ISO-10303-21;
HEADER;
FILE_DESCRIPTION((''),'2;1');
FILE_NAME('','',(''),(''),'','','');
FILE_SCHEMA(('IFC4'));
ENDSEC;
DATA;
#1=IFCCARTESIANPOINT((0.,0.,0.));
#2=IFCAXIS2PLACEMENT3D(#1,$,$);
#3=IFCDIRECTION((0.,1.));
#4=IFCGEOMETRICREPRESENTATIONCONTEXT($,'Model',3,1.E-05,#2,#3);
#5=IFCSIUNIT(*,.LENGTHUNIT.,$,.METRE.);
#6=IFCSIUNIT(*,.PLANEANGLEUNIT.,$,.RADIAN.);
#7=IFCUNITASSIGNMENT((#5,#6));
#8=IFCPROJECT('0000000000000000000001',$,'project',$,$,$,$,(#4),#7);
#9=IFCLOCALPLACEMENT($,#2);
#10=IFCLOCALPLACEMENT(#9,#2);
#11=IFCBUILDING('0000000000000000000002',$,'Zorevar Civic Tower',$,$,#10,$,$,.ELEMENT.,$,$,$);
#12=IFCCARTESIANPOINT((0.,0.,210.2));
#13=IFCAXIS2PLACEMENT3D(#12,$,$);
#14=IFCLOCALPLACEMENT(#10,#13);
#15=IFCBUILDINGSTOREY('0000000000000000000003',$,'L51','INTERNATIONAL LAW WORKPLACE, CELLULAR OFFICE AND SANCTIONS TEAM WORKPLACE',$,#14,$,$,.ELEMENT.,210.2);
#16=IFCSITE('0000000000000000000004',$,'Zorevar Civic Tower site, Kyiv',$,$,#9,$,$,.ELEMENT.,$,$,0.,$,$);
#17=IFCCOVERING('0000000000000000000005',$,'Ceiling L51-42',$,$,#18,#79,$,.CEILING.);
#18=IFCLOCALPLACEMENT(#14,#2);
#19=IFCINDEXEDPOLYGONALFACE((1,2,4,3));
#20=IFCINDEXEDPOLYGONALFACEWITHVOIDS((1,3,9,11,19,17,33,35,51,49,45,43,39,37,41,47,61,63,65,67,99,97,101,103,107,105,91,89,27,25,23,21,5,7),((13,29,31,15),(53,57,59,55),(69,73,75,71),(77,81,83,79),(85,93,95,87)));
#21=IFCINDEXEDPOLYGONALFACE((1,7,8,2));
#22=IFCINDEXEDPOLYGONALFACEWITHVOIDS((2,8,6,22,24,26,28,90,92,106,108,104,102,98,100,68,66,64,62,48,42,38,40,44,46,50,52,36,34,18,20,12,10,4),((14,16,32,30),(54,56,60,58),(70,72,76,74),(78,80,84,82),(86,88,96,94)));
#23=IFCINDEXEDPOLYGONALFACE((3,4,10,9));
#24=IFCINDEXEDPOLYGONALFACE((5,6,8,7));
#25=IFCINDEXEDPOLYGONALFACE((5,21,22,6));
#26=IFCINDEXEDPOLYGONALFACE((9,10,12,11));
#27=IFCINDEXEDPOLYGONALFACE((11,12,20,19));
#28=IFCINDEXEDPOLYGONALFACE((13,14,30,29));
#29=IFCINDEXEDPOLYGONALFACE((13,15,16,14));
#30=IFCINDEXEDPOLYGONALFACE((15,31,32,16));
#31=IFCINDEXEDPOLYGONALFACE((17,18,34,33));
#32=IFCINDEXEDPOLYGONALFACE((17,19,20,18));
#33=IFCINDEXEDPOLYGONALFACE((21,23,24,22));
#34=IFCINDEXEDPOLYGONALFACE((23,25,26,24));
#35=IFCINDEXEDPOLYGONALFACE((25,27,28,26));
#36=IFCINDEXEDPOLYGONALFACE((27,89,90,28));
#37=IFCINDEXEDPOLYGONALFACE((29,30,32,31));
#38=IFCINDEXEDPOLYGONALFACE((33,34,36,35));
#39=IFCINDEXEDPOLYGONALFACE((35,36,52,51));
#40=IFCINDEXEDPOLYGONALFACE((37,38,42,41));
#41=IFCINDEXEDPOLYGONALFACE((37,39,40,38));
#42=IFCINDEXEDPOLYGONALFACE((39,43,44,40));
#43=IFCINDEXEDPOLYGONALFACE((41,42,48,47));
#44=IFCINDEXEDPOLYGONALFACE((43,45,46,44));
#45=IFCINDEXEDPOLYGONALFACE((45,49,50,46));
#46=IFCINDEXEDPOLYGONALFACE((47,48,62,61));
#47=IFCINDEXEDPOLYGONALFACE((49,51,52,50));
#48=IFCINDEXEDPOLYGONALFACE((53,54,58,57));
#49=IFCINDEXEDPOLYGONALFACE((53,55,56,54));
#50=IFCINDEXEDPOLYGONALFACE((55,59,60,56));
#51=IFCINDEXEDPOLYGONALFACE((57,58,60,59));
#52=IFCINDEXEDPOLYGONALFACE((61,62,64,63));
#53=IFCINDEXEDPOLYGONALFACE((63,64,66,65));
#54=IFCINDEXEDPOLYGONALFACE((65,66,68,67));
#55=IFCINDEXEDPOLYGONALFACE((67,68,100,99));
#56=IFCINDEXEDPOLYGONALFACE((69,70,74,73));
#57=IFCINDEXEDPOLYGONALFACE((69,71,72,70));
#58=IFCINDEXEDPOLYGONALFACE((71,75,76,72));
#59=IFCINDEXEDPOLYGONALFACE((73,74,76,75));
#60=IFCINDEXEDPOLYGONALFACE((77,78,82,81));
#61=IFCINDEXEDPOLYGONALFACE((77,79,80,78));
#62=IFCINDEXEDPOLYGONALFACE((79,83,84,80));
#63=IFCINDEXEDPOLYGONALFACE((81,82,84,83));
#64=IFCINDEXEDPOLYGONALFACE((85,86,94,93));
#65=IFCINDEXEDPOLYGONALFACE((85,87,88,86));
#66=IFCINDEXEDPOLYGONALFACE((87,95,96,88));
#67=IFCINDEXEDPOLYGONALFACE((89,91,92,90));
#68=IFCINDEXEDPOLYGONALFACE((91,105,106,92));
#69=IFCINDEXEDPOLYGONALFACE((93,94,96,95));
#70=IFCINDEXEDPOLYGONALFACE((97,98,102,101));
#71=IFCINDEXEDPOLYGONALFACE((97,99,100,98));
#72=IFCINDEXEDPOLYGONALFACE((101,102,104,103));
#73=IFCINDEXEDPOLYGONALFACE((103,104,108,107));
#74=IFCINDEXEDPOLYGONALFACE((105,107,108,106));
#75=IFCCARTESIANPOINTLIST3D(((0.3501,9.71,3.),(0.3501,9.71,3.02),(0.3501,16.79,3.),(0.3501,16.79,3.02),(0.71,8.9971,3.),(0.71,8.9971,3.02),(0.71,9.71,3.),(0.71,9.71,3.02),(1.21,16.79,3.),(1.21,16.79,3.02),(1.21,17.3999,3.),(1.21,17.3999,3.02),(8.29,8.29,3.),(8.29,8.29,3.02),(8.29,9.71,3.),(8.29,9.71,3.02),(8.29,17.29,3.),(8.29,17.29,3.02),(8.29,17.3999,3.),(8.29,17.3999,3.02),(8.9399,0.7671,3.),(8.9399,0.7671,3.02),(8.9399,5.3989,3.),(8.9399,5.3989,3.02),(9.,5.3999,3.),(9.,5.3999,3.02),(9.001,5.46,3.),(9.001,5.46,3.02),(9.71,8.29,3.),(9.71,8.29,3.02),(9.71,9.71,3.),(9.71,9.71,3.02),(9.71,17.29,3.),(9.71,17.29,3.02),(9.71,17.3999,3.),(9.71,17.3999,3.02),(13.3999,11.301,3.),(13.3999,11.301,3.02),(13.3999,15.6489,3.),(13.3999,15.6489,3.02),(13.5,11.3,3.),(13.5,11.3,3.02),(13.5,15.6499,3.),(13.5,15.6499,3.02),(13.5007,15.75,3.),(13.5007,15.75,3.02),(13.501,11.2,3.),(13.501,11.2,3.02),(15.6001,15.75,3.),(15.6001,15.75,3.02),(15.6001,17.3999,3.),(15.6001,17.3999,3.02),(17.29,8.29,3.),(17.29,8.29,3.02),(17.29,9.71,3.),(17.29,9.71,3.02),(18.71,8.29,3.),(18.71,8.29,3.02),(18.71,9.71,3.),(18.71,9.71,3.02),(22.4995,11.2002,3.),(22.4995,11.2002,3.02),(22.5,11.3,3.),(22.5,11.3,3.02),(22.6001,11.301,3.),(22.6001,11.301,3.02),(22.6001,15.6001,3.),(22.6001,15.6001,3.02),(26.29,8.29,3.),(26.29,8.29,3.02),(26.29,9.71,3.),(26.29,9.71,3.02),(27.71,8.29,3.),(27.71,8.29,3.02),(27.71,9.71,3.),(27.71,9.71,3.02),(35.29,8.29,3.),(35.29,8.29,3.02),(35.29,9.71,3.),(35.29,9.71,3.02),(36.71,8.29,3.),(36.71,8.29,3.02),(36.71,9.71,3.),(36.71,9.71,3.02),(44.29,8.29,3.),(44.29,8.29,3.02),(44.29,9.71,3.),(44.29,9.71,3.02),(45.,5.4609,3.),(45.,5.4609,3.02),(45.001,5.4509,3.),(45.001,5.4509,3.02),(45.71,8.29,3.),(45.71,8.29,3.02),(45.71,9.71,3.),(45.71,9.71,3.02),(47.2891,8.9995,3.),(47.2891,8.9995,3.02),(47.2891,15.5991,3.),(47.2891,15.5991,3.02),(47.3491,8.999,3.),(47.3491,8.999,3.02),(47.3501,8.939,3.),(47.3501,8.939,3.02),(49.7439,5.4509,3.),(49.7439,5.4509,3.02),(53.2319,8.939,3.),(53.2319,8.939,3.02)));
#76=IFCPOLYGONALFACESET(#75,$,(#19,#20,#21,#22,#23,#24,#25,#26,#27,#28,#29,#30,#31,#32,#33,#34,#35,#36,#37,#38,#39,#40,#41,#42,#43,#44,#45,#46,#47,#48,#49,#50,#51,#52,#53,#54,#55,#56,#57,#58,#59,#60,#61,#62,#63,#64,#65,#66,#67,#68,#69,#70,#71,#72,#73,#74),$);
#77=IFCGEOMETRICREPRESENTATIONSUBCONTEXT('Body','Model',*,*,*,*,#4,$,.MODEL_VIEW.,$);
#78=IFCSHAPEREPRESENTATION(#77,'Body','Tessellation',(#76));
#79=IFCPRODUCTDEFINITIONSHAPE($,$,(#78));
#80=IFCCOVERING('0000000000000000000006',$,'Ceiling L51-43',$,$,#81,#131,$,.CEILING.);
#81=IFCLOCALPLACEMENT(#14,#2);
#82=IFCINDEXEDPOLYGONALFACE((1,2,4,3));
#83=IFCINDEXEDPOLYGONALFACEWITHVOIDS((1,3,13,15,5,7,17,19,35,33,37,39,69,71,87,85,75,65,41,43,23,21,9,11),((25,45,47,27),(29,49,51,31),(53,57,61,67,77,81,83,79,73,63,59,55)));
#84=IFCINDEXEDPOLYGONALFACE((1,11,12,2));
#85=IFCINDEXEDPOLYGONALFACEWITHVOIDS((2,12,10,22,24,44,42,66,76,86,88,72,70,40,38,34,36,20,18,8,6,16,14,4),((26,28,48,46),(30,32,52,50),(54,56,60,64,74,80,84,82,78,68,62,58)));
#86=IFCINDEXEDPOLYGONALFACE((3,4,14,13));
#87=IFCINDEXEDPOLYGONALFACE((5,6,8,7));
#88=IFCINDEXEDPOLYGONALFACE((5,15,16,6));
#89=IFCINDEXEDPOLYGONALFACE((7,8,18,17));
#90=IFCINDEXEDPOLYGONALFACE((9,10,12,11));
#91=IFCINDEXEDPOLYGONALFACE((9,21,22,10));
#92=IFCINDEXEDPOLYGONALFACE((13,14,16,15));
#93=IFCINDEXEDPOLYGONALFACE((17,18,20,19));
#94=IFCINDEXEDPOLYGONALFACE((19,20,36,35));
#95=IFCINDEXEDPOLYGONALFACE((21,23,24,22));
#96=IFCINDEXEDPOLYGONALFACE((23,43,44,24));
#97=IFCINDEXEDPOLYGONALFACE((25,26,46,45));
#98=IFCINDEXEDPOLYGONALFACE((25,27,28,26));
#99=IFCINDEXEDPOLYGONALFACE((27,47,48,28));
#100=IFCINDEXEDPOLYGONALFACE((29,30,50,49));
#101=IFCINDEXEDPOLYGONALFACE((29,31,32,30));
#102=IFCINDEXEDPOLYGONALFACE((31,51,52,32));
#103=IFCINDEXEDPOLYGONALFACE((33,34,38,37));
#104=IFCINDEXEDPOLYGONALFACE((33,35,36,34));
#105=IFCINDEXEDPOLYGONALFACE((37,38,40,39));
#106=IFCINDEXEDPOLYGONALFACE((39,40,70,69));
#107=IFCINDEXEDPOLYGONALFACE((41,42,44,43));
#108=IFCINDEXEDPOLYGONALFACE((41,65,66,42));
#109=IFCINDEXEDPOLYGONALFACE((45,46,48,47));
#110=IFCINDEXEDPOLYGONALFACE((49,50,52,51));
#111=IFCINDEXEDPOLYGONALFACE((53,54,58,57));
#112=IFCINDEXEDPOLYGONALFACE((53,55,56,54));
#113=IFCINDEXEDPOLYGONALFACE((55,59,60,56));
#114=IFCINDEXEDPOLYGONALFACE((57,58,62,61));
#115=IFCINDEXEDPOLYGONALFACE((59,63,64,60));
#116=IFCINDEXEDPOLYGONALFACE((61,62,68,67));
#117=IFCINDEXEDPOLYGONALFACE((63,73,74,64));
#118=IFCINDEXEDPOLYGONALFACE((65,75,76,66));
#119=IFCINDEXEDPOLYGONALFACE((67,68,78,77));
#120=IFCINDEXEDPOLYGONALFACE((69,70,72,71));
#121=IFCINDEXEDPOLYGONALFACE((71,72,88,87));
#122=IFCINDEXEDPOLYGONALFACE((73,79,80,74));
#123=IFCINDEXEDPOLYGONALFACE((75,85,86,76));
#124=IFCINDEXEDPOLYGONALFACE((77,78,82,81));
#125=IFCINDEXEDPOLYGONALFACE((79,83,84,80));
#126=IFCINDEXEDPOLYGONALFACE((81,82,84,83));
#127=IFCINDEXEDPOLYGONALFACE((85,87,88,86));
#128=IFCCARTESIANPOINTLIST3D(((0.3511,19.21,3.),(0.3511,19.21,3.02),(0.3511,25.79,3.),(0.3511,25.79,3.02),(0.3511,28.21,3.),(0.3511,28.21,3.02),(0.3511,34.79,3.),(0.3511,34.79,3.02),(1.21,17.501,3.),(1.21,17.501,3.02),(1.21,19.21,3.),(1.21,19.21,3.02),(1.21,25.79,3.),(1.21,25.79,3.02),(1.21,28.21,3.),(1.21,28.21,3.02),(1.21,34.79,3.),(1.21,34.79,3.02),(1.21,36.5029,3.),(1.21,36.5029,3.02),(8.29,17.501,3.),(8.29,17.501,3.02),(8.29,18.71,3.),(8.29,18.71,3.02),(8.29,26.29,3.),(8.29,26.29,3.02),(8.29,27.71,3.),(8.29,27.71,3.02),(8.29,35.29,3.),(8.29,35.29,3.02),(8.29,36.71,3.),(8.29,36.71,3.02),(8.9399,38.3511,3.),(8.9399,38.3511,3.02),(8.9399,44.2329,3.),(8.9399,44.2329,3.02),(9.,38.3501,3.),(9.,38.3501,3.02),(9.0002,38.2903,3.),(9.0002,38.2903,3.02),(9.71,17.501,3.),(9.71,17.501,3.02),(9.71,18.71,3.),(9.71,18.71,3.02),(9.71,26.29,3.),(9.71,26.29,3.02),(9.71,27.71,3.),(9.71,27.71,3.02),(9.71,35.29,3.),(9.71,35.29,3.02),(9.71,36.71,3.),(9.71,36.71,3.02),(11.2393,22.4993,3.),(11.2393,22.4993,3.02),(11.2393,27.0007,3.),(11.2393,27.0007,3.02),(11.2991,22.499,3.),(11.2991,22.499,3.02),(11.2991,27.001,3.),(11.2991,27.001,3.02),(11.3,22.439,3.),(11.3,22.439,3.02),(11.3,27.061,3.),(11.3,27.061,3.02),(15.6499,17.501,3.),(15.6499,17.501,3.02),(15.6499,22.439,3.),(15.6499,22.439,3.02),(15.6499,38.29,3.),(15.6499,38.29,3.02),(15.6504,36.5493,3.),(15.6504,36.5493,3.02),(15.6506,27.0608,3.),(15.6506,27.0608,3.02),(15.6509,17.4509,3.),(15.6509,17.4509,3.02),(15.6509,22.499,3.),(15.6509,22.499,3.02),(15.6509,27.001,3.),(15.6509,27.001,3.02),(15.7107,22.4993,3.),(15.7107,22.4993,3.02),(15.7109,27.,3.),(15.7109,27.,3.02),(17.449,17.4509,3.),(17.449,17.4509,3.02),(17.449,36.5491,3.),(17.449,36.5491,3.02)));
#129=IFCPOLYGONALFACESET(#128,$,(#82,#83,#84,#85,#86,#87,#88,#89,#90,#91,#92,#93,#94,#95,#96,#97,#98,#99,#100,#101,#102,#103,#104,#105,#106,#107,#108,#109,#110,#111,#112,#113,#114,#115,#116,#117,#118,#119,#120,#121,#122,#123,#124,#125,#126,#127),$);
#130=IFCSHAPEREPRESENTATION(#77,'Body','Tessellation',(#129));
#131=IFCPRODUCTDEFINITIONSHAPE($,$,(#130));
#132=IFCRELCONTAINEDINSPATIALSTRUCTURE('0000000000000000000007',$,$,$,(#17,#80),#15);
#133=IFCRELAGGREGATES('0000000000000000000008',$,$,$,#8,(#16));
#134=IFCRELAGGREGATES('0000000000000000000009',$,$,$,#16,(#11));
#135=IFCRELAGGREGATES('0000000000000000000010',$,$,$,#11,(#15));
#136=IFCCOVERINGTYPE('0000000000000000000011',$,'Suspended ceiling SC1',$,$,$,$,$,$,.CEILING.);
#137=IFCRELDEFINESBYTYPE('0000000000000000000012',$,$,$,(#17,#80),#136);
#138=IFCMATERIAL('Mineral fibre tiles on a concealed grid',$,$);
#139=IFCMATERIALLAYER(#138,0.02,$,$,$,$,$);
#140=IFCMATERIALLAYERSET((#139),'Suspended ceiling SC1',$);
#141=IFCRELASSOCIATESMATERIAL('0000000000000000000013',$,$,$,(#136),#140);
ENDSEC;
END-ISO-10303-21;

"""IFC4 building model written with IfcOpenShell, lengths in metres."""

from ifc_helpers import new_model, si_unit, direction, frame, origin, place, context, subcontext, project, spatial, polyline, outline, extrude, material, layer, layer_set, type_object, element, save


model = new_model("IFC4")

# Units and contexts
model_context = context("Model", 3, precision=1e-05, world=origin(), true_north=direction((0.0, 1.0)))
body_context = subcontext(model_context, "Body", "Model", "MODEL_VIEW")
ifc_project = project(units=[si_unit("LENGTHUNIT", "METRE"), si_unit("PLANEANGLEUNIT", "RADIAN")], contexts=[model_context])

# Site, building, storey
site_placement = place(None, origin())
site = spatial("IfcSite", under=ifc_project, at=site_placement, Name="Zorevar Civic Tower site, Kyiv", CompositionType="ELEMENT", RefElevation=0.0)
building_placement = place(site_placement, origin())
building = spatial("IfcBuilding", under=site, at=building_placement, Name="Zorevar Civic Tower", CompositionType="ELEMENT")
storey_placement = place(building_placement, frame((0.0, 0.0, 210.2)))
storey = spatial("IfcBuildingStorey", under=building, at=storey_placement, Name="L51", Description="INTERNATIONAL LAW WORKPLACE, CELLULAR OFFICE AND SANCTIONS TEAM WORKPLACE", CompositionType="ELEMENT", Elevation=210.2)

# Coverings
ifc_material_1 = material(Name="Mineral fibre tiles on a concealed grid")
ifc_layer_1 = layer(ifc_material_1, 0.02)
ifc_layer_set_1 = layer_set([ifc_layer_1], Name="Suspended ceiling SC1")
covering_type_1 = type_object("IfcCoveringType", Name="Suspended ceiling SC1", PredefinedType="CEILING", material=ifc_layer_set_1)
covering_1_placement = place(storey_placement, frame((0.0, 0.0, 3.0)))
element("IfcCovering", 1, at=covering_1_placement, inside=storey, type_object=covering_type_1, Name="Ceiling L51-42", PredefinedType="CEILING", context=body_context, shape_type="SweptSolid", body=[
    extrude(outline(polyline([(47.3491, 8.999), (47.3501, 8.939), (53.2319, 8.939), (49.7439, 5.4509), (45.001, 5.4509), (45.0, 5.4609), (9.001, 5.46), (9.0, 5.3999), (8.9399, 5.3989), (8.9399, 0.7671), (0.71, 8.9971), (0.71, 9.71), (0.3501, 9.71), (0.3501, 16.79), (1.21, 16.79), (1.21, 17.3999), (8.29, 17.3999), (8.29, 17.29), (9.71, 17.29), (9.71, 17.3999), (15.6001, 17.3999), (15.6001, 15.75), (13.5007, 15.75), (13.5, 15.6499), (13.3999, 15.6489), (13.3999, 11.301), (13.5, 11.3), (13.501, 11.2), (22.4995, 11.2002), (22.5, 11.3), (22.6001, 11.301), (22.6001, 15.6001), (47.2891, 15.5991), (47.2891, 8.9995), (47.3491, 8.999)]), holes=[polyline([(9.71, 9.71), (8.29, 9.71), (8.29, 8.29), (9.71, 8.29), (9.71, 9.71)]), polyline([(17.29, 8.29), (18.71, 8.29), (18.71, 9.71), (17.29, 9.71), (17.29, 8.29)]), polyline([(26.29, 9.71), (26.29, 8.29), (27.71, 8.29), (27.71, 9.71), (26.29, 9.71)]), polyline([(36.71, 9.71), (35.29, 9.71), (35.29, 8.29), (36.71, 8.29), (36.71, 9.71)]), polyline([(45.71, 8.29), (45.71, 9.71), (44.29, 9.71), (44.29, 8.29), (45.71, 8.29)])]), origin(), (0.0, 0.0, 1.0), 0.02),
])
covering_2_placement = place(storey_placement, frame((0.0, 0.0, 3.0)))
element("IfcCovering", 2, at=covering_2_placement, inside=storey, type_object=covering_type_1, Name="Ceiling L51-43", PredefinedType="CEILING", context=body_context, shape_type="SweptSolid", body=[
    extrude(outline(polyline([(8.9399, 38.3511), (9.0, 38.3501), (9.0002, 38.2903), (15.6499, 38.29), (15.6504, 36.5493), (17.449, 36.5491), (17.449, 17.4509), (15.6509, 17.4509), (15.6499, 17.501), (9.71, 17.501), (9.71, 18.71), (8.29, 18.71), (8.29, 17.501), (1.21, 17.501), (1.21, 19.21), (0.3511, 19.21), (0.3511, 25.79), (1.21, 25.79), (1.21, 28.21), (0.3511, 28.21), (0.3511, 34.79), (1.21, 34.79), (1.21, 36.5029), (8.9399, 44.2329), (8.9399, 38.3511)]), holes=[polyline([(15.6506, 27.0608), (11.3, 27.061), (11.2991, 27.001), (11.2393, 27.0007), (11.2393, 22.4993), (11.2991, 22.499), (11.3, 22.439), (15.6499, 22.439), (15.6509, 22.499), (15.7107, 22.4993), (15.7109, 27.0), (15.6509, 27.001), (15.6506, 27.0608)]), polyline([(9.71, 26.29), (9.71, 27.71), (8.29, 27.71), (8.29, 26.29), (9.71, 26.29)]), polyline([(8.29, 35.29), (9.71, 35.29), (9.71, 36.71), (8.29, 36.71), (8.29, 35.29)])]), origin(), (0.0, 0.0, 1.0), 0.02),
])

save(model, "model.ifc")
